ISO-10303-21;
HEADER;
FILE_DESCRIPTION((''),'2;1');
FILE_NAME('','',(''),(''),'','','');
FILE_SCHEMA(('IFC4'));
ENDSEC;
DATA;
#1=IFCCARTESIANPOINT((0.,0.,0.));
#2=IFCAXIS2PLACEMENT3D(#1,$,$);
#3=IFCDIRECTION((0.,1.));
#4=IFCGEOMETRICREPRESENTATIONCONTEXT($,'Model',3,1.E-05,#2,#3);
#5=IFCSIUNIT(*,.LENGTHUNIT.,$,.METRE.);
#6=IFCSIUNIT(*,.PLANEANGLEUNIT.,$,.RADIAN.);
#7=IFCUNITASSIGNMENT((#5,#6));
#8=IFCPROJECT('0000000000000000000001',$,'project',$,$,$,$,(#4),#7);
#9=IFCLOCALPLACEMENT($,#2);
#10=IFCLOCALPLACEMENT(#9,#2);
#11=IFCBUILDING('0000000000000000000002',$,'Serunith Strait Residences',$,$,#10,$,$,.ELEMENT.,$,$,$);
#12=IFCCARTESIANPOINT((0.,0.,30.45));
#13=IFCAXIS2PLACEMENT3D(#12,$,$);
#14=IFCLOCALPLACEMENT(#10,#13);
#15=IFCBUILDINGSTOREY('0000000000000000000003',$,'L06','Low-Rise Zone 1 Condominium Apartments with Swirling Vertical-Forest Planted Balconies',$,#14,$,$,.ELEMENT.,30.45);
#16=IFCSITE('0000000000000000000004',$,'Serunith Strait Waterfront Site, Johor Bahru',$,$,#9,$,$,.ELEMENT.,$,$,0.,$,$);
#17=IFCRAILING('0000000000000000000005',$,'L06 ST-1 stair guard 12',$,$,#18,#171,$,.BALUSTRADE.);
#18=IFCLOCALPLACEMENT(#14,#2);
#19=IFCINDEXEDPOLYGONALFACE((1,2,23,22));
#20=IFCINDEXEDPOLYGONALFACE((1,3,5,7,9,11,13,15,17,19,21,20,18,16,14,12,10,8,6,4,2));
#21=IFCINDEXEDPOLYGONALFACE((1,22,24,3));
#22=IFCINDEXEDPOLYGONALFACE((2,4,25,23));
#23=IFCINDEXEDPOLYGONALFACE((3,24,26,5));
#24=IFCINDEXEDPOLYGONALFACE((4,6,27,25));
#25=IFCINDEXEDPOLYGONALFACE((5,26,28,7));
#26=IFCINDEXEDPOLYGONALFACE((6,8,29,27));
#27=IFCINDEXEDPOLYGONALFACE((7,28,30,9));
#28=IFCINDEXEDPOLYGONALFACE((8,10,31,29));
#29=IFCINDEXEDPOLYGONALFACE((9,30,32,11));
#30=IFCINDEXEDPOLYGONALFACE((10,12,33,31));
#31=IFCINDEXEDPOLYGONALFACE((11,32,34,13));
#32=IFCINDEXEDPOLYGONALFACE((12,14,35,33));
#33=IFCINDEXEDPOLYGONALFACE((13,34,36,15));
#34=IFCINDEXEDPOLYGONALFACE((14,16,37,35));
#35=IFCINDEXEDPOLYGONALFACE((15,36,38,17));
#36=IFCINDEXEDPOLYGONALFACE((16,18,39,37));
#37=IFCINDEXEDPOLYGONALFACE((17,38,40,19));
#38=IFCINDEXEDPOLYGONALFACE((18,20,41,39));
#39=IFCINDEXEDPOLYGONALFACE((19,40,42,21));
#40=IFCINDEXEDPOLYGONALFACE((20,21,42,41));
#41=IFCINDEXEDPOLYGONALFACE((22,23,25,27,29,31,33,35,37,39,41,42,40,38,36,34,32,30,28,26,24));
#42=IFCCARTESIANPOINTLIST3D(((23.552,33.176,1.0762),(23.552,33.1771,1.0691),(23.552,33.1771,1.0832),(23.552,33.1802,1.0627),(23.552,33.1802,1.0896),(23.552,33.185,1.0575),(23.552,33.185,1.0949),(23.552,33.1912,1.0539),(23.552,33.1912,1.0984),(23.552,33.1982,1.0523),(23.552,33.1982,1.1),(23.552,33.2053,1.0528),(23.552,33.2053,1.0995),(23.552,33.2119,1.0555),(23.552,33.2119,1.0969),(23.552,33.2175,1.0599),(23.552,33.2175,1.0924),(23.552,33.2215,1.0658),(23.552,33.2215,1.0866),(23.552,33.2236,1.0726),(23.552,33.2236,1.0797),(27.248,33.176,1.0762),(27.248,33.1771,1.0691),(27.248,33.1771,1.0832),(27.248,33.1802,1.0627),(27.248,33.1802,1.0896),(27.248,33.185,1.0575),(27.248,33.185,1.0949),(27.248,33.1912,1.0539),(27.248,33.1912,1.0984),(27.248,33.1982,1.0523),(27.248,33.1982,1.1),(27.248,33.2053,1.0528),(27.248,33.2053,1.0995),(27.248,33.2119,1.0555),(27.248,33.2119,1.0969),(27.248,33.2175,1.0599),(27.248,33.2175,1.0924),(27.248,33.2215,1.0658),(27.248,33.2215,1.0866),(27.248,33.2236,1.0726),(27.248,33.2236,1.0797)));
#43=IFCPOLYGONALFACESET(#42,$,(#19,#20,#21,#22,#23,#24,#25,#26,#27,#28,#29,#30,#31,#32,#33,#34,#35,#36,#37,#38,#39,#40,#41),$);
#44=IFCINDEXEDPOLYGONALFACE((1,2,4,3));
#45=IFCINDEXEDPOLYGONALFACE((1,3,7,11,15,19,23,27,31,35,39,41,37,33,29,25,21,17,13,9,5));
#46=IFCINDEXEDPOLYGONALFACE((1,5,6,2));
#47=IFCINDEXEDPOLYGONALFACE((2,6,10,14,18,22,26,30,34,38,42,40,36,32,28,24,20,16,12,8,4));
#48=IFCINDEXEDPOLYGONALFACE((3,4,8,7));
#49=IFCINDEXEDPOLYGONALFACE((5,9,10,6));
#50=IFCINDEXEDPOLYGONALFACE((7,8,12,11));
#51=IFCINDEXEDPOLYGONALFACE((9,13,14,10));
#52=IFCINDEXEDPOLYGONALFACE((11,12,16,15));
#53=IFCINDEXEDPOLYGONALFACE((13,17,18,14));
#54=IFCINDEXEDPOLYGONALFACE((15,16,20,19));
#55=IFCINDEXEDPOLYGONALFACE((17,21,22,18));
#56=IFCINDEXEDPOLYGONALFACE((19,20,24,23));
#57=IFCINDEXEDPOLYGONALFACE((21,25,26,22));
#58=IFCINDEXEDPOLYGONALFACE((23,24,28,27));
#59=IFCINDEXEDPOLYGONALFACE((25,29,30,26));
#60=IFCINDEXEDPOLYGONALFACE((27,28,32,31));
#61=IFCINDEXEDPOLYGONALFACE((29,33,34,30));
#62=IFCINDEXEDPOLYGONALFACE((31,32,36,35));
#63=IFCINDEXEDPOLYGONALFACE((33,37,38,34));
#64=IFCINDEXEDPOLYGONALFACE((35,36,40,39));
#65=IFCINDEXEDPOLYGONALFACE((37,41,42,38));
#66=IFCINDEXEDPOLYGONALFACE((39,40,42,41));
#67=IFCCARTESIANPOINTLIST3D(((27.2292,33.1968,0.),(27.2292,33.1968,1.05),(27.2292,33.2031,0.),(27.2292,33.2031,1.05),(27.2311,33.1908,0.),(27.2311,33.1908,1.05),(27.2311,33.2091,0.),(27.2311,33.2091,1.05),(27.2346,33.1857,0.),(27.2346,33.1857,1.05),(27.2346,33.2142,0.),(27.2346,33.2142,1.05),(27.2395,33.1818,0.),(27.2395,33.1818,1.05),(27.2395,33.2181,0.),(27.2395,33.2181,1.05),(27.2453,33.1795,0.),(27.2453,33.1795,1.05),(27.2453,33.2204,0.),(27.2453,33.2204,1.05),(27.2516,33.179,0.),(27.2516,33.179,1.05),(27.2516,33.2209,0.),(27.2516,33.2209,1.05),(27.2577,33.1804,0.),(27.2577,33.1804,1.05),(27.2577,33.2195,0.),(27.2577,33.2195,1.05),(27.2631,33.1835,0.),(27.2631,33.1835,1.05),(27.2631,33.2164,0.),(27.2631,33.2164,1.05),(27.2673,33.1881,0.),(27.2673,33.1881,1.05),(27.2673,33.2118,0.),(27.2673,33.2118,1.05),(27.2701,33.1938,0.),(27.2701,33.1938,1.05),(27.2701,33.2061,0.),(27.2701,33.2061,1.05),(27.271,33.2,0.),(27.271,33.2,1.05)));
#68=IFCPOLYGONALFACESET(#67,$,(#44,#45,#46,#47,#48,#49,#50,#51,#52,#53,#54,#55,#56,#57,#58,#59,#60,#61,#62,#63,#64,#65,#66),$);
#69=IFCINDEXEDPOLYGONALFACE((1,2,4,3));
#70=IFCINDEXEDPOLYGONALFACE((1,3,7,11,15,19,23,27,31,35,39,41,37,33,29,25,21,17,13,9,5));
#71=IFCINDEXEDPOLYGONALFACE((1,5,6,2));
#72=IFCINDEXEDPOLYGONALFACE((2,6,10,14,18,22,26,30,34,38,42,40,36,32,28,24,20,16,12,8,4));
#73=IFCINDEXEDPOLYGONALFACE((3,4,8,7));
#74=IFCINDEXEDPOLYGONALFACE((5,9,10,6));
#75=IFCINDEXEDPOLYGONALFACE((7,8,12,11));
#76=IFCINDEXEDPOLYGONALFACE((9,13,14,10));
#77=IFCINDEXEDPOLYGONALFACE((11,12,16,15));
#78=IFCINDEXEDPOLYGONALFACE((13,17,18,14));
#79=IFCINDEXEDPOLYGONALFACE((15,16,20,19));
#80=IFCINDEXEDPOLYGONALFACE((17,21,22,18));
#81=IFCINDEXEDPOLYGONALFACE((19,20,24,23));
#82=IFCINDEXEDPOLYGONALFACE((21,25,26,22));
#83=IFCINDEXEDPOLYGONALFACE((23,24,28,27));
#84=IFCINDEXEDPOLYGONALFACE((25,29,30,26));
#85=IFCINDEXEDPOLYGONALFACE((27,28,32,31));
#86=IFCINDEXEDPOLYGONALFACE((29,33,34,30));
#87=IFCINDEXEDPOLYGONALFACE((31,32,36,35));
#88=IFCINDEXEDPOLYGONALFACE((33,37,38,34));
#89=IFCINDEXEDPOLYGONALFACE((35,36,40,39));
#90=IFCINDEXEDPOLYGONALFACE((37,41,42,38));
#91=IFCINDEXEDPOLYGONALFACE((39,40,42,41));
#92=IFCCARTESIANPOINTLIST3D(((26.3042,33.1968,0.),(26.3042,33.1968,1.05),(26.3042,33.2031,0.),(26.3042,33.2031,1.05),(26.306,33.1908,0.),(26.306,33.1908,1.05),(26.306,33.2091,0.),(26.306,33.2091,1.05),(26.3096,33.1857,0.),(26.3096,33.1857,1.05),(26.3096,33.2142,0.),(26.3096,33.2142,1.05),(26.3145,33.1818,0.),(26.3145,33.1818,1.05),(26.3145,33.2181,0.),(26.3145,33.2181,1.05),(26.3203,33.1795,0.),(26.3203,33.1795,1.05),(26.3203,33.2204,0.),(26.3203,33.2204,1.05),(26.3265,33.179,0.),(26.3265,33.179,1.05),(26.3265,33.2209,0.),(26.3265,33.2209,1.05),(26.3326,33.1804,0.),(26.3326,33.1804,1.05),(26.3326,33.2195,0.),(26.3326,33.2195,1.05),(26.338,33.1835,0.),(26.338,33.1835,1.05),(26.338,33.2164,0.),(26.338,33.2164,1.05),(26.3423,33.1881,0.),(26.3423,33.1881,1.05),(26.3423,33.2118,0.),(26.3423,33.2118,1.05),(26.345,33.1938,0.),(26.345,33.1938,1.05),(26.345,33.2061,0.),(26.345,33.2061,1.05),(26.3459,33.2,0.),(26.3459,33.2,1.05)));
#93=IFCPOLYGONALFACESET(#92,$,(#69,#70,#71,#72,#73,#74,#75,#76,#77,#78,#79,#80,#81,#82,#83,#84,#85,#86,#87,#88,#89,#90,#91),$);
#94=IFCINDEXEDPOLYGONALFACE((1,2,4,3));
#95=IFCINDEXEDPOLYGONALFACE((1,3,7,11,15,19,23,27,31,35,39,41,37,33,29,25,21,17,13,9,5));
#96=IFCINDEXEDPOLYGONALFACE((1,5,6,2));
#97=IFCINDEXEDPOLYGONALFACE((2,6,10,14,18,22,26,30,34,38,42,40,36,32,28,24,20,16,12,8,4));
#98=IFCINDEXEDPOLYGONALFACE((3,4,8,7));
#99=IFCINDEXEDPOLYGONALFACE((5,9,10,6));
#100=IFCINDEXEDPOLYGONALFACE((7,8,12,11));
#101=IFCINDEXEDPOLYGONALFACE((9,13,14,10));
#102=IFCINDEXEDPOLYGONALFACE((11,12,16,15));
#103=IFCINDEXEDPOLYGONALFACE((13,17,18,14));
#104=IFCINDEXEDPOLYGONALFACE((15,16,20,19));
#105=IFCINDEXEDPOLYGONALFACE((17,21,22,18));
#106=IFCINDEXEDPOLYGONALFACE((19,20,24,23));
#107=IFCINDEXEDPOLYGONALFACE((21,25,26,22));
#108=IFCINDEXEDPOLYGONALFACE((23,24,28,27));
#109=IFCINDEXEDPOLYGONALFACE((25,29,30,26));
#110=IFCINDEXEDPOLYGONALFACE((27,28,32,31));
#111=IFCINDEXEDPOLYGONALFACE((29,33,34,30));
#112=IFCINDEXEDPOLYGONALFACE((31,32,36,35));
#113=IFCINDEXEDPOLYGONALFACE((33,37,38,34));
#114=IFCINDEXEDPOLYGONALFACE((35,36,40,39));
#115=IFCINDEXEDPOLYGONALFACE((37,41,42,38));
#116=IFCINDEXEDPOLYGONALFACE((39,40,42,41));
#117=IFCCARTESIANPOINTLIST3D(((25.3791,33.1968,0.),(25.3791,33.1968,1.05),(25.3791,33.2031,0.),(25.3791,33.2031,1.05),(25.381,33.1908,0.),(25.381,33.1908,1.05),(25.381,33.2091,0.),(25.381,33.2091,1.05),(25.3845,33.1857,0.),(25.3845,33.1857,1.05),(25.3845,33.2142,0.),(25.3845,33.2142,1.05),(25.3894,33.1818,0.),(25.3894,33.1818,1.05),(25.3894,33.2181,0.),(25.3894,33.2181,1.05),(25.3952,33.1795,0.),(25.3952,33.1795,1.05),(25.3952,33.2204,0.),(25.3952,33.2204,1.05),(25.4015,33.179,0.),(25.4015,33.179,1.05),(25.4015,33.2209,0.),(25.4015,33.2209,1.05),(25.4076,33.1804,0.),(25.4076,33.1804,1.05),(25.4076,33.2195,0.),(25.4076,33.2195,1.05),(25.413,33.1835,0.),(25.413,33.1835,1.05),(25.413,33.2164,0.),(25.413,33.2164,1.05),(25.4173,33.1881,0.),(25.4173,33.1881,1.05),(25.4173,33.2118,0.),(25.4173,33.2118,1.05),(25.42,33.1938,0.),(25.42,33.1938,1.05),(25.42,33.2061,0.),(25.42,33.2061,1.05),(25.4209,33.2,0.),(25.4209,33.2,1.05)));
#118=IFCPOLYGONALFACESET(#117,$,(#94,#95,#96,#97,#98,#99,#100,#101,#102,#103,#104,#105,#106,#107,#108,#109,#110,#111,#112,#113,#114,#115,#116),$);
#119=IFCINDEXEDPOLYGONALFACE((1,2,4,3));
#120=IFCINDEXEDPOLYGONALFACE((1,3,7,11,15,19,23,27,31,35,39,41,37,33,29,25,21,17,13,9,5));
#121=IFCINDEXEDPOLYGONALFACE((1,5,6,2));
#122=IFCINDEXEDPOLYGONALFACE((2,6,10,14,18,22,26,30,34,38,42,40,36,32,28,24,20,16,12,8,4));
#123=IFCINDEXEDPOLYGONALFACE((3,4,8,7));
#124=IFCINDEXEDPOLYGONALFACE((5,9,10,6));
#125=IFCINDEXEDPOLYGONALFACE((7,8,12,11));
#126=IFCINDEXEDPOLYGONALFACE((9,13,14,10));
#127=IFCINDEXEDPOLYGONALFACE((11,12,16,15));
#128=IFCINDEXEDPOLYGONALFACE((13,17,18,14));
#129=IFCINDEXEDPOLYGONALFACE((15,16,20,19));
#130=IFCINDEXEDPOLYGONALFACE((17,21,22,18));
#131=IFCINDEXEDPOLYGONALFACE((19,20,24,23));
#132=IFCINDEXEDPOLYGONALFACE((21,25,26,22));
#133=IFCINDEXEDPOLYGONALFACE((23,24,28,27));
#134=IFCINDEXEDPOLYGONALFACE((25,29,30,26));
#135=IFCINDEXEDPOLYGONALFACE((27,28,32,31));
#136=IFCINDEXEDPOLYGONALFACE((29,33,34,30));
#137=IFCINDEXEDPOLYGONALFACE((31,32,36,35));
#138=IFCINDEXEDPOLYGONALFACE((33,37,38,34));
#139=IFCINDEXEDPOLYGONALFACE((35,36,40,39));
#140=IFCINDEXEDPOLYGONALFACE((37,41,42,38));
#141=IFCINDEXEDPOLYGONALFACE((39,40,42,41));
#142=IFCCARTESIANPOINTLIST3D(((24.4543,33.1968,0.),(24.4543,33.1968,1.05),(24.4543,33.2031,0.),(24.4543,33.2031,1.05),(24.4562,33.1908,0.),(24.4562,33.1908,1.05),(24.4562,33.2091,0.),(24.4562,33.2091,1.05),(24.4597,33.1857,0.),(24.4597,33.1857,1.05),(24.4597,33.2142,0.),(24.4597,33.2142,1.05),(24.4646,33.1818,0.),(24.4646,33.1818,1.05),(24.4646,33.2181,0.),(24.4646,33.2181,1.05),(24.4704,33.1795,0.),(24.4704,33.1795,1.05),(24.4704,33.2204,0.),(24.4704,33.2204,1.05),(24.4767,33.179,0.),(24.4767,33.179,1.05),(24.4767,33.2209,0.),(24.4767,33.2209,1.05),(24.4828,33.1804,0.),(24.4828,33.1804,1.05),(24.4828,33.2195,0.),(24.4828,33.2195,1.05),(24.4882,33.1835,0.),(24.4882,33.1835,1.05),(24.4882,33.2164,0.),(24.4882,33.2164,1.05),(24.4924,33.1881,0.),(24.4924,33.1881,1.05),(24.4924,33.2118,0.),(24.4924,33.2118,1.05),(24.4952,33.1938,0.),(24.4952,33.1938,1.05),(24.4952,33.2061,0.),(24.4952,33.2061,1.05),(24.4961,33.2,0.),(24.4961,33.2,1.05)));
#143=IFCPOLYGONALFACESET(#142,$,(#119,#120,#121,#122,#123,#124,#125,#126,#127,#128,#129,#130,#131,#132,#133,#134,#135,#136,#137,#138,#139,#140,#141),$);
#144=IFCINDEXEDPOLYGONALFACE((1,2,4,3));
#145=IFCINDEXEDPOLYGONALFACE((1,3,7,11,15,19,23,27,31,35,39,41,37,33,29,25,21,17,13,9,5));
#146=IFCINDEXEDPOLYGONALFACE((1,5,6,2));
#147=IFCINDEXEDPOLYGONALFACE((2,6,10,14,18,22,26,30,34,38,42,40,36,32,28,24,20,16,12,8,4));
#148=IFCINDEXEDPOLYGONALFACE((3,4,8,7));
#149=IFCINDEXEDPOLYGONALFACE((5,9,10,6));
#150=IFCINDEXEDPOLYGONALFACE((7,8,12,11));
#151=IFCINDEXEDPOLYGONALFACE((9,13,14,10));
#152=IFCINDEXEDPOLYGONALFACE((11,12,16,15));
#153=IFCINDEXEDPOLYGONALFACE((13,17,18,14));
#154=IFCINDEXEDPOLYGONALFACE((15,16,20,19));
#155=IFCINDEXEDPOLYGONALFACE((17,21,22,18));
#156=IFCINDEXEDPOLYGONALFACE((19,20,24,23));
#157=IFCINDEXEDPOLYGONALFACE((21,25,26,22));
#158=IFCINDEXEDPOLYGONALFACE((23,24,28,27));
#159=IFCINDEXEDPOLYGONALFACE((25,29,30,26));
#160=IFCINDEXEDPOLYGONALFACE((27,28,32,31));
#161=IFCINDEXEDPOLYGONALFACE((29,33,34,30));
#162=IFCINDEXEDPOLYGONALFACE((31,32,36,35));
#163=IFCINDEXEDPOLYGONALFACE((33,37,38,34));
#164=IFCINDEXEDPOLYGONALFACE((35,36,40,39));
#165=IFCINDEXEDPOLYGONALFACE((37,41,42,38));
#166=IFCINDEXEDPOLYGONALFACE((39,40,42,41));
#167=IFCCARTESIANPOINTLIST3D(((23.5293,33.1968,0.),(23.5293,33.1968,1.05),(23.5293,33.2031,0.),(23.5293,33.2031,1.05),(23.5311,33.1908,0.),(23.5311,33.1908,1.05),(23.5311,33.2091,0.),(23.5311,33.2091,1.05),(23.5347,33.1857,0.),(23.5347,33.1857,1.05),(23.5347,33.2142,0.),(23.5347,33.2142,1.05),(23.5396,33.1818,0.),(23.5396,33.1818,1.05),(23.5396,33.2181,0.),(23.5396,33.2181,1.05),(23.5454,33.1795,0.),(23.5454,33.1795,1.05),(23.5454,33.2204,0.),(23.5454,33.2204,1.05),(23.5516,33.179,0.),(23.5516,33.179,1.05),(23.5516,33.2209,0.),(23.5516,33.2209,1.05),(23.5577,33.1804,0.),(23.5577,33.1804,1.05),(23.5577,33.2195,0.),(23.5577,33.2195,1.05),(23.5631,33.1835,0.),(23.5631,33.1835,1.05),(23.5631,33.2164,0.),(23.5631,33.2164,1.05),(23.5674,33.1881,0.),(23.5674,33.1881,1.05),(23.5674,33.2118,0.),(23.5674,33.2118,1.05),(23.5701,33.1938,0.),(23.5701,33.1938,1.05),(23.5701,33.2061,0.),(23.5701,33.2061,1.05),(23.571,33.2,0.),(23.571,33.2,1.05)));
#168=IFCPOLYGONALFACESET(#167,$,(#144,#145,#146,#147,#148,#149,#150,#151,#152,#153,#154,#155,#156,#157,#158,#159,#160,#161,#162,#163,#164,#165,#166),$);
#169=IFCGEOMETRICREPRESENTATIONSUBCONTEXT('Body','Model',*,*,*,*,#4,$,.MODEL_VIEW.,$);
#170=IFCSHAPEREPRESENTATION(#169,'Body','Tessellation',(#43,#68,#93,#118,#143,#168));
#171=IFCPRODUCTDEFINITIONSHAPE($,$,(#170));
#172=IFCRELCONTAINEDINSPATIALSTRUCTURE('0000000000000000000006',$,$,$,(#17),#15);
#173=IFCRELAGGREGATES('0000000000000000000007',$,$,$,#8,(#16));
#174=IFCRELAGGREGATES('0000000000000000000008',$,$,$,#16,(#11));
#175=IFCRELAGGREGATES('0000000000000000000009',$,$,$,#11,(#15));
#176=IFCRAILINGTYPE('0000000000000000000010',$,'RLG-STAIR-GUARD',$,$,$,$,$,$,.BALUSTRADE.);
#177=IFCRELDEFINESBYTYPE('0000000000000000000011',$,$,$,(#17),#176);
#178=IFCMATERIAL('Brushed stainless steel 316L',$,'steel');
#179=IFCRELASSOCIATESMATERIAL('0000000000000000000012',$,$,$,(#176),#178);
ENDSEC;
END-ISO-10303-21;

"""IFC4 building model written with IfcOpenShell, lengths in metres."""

from ifc_helpers import new_model, si_unit, direction, frame, origin, origin_2d, place, context, subcontext, project, spatial, circle, extrude, material, type_object, element, save


model = new_model("IFC4")

# Units and contexts
model_context = context("Model", 3, precision=1e-05, world=origin(), true_north=direction((0.0, 1.0)))
body_context = subcontext(model_context, "Body", "Model", "MODEL_VIEW")
ifc_project = project(units=[si_unit("LENGTHUNIT", "METRE"), si_unit("PLANEANGLEUNIT", "RADIAN")], contexts=[model_context])

# Site, building, storey
site_placement = place(None, origin())
site = spatial("IfcSite", under=ifc_project, at=site_placement, Name="Serunith Strait Waterfront Site, Johor Bahru", CompositionType="ELEMENT", RefElevation=0.0)
building_placement = place(site_placement, origin())
building = spatial("IfcBuilding", under=site, at=building_placement, Name="Serunith Strait Residences", CompositionType="ELEMENT")
storey_placement = place(building_placement, frame((0.0, 0.0, 30.45)))
storey = spatial("IfcBuildingStorey", under=building, at=storey_placement, Name="L06", Description="Low-Rise Zone 1 Condominium Apartments with Swirling Vertical-Forest Planted Balconies", CompositionType="ELEMENT", Elevation=30.45)

# Railing
ifc_material_1 = material(Name="Brushed stainless steel 316L", Category="steel")
railing_type_1 = type_object("IfcRailingType", Name="RLG-STAIR-GUARD", PredefinedType="BALUSTRADE", material=ifc_material_1)
railing_1_placement = place(storey_placement, frame((27.25, 33.2, 0.0)))
element("IfcRailing", 1, at=railing_1_placement, inside=storey, type_object=railing_type_1, Name="L06 ST-1 stair guard 12", PredefinedType="BALUSTRADE", context=body_context, shape_type="SweptSolid", body=[
    extrude(circle(Radius=0.0239, at=origin_2d()), frame((-0.002, 0.0, 1.0762), z_axis=(-1.0, 0.0, 0.0), x_axis=(0.0, -1.0, 0.0)), (0.0, 0.0, 1.0), 3.696),
    extrude(circle(Radius=0.021, at=origin_2d()), origin(), (0.0, 0.0, 1.0), 1.05),
    extrude(circle(Radius=0.021, at=origin_2d()), frame((-0.925, 0.0, 0.0)), (0.0, 0.0, 1.0), 1.05),
    extrude(circle(Radius=0.021, at=origin_2d()), frame((-1.8501, 0.0, 0.0)), (0.0, 0.0, 1.0), 1.05),
    extrude(circle(Radius=0.021, at=origin_2d()), frame((-2.7749, 0.0, 0.0)), (0.0, 0.0, 1.0), 1.05),
    extrude(circle(Radius=0.021, at=origin_2d()), frame((-3.7, 0.0, 0.0)), (0.0, 0.0, 1.0), 1.05),
])

save(model, "model.ifc")
